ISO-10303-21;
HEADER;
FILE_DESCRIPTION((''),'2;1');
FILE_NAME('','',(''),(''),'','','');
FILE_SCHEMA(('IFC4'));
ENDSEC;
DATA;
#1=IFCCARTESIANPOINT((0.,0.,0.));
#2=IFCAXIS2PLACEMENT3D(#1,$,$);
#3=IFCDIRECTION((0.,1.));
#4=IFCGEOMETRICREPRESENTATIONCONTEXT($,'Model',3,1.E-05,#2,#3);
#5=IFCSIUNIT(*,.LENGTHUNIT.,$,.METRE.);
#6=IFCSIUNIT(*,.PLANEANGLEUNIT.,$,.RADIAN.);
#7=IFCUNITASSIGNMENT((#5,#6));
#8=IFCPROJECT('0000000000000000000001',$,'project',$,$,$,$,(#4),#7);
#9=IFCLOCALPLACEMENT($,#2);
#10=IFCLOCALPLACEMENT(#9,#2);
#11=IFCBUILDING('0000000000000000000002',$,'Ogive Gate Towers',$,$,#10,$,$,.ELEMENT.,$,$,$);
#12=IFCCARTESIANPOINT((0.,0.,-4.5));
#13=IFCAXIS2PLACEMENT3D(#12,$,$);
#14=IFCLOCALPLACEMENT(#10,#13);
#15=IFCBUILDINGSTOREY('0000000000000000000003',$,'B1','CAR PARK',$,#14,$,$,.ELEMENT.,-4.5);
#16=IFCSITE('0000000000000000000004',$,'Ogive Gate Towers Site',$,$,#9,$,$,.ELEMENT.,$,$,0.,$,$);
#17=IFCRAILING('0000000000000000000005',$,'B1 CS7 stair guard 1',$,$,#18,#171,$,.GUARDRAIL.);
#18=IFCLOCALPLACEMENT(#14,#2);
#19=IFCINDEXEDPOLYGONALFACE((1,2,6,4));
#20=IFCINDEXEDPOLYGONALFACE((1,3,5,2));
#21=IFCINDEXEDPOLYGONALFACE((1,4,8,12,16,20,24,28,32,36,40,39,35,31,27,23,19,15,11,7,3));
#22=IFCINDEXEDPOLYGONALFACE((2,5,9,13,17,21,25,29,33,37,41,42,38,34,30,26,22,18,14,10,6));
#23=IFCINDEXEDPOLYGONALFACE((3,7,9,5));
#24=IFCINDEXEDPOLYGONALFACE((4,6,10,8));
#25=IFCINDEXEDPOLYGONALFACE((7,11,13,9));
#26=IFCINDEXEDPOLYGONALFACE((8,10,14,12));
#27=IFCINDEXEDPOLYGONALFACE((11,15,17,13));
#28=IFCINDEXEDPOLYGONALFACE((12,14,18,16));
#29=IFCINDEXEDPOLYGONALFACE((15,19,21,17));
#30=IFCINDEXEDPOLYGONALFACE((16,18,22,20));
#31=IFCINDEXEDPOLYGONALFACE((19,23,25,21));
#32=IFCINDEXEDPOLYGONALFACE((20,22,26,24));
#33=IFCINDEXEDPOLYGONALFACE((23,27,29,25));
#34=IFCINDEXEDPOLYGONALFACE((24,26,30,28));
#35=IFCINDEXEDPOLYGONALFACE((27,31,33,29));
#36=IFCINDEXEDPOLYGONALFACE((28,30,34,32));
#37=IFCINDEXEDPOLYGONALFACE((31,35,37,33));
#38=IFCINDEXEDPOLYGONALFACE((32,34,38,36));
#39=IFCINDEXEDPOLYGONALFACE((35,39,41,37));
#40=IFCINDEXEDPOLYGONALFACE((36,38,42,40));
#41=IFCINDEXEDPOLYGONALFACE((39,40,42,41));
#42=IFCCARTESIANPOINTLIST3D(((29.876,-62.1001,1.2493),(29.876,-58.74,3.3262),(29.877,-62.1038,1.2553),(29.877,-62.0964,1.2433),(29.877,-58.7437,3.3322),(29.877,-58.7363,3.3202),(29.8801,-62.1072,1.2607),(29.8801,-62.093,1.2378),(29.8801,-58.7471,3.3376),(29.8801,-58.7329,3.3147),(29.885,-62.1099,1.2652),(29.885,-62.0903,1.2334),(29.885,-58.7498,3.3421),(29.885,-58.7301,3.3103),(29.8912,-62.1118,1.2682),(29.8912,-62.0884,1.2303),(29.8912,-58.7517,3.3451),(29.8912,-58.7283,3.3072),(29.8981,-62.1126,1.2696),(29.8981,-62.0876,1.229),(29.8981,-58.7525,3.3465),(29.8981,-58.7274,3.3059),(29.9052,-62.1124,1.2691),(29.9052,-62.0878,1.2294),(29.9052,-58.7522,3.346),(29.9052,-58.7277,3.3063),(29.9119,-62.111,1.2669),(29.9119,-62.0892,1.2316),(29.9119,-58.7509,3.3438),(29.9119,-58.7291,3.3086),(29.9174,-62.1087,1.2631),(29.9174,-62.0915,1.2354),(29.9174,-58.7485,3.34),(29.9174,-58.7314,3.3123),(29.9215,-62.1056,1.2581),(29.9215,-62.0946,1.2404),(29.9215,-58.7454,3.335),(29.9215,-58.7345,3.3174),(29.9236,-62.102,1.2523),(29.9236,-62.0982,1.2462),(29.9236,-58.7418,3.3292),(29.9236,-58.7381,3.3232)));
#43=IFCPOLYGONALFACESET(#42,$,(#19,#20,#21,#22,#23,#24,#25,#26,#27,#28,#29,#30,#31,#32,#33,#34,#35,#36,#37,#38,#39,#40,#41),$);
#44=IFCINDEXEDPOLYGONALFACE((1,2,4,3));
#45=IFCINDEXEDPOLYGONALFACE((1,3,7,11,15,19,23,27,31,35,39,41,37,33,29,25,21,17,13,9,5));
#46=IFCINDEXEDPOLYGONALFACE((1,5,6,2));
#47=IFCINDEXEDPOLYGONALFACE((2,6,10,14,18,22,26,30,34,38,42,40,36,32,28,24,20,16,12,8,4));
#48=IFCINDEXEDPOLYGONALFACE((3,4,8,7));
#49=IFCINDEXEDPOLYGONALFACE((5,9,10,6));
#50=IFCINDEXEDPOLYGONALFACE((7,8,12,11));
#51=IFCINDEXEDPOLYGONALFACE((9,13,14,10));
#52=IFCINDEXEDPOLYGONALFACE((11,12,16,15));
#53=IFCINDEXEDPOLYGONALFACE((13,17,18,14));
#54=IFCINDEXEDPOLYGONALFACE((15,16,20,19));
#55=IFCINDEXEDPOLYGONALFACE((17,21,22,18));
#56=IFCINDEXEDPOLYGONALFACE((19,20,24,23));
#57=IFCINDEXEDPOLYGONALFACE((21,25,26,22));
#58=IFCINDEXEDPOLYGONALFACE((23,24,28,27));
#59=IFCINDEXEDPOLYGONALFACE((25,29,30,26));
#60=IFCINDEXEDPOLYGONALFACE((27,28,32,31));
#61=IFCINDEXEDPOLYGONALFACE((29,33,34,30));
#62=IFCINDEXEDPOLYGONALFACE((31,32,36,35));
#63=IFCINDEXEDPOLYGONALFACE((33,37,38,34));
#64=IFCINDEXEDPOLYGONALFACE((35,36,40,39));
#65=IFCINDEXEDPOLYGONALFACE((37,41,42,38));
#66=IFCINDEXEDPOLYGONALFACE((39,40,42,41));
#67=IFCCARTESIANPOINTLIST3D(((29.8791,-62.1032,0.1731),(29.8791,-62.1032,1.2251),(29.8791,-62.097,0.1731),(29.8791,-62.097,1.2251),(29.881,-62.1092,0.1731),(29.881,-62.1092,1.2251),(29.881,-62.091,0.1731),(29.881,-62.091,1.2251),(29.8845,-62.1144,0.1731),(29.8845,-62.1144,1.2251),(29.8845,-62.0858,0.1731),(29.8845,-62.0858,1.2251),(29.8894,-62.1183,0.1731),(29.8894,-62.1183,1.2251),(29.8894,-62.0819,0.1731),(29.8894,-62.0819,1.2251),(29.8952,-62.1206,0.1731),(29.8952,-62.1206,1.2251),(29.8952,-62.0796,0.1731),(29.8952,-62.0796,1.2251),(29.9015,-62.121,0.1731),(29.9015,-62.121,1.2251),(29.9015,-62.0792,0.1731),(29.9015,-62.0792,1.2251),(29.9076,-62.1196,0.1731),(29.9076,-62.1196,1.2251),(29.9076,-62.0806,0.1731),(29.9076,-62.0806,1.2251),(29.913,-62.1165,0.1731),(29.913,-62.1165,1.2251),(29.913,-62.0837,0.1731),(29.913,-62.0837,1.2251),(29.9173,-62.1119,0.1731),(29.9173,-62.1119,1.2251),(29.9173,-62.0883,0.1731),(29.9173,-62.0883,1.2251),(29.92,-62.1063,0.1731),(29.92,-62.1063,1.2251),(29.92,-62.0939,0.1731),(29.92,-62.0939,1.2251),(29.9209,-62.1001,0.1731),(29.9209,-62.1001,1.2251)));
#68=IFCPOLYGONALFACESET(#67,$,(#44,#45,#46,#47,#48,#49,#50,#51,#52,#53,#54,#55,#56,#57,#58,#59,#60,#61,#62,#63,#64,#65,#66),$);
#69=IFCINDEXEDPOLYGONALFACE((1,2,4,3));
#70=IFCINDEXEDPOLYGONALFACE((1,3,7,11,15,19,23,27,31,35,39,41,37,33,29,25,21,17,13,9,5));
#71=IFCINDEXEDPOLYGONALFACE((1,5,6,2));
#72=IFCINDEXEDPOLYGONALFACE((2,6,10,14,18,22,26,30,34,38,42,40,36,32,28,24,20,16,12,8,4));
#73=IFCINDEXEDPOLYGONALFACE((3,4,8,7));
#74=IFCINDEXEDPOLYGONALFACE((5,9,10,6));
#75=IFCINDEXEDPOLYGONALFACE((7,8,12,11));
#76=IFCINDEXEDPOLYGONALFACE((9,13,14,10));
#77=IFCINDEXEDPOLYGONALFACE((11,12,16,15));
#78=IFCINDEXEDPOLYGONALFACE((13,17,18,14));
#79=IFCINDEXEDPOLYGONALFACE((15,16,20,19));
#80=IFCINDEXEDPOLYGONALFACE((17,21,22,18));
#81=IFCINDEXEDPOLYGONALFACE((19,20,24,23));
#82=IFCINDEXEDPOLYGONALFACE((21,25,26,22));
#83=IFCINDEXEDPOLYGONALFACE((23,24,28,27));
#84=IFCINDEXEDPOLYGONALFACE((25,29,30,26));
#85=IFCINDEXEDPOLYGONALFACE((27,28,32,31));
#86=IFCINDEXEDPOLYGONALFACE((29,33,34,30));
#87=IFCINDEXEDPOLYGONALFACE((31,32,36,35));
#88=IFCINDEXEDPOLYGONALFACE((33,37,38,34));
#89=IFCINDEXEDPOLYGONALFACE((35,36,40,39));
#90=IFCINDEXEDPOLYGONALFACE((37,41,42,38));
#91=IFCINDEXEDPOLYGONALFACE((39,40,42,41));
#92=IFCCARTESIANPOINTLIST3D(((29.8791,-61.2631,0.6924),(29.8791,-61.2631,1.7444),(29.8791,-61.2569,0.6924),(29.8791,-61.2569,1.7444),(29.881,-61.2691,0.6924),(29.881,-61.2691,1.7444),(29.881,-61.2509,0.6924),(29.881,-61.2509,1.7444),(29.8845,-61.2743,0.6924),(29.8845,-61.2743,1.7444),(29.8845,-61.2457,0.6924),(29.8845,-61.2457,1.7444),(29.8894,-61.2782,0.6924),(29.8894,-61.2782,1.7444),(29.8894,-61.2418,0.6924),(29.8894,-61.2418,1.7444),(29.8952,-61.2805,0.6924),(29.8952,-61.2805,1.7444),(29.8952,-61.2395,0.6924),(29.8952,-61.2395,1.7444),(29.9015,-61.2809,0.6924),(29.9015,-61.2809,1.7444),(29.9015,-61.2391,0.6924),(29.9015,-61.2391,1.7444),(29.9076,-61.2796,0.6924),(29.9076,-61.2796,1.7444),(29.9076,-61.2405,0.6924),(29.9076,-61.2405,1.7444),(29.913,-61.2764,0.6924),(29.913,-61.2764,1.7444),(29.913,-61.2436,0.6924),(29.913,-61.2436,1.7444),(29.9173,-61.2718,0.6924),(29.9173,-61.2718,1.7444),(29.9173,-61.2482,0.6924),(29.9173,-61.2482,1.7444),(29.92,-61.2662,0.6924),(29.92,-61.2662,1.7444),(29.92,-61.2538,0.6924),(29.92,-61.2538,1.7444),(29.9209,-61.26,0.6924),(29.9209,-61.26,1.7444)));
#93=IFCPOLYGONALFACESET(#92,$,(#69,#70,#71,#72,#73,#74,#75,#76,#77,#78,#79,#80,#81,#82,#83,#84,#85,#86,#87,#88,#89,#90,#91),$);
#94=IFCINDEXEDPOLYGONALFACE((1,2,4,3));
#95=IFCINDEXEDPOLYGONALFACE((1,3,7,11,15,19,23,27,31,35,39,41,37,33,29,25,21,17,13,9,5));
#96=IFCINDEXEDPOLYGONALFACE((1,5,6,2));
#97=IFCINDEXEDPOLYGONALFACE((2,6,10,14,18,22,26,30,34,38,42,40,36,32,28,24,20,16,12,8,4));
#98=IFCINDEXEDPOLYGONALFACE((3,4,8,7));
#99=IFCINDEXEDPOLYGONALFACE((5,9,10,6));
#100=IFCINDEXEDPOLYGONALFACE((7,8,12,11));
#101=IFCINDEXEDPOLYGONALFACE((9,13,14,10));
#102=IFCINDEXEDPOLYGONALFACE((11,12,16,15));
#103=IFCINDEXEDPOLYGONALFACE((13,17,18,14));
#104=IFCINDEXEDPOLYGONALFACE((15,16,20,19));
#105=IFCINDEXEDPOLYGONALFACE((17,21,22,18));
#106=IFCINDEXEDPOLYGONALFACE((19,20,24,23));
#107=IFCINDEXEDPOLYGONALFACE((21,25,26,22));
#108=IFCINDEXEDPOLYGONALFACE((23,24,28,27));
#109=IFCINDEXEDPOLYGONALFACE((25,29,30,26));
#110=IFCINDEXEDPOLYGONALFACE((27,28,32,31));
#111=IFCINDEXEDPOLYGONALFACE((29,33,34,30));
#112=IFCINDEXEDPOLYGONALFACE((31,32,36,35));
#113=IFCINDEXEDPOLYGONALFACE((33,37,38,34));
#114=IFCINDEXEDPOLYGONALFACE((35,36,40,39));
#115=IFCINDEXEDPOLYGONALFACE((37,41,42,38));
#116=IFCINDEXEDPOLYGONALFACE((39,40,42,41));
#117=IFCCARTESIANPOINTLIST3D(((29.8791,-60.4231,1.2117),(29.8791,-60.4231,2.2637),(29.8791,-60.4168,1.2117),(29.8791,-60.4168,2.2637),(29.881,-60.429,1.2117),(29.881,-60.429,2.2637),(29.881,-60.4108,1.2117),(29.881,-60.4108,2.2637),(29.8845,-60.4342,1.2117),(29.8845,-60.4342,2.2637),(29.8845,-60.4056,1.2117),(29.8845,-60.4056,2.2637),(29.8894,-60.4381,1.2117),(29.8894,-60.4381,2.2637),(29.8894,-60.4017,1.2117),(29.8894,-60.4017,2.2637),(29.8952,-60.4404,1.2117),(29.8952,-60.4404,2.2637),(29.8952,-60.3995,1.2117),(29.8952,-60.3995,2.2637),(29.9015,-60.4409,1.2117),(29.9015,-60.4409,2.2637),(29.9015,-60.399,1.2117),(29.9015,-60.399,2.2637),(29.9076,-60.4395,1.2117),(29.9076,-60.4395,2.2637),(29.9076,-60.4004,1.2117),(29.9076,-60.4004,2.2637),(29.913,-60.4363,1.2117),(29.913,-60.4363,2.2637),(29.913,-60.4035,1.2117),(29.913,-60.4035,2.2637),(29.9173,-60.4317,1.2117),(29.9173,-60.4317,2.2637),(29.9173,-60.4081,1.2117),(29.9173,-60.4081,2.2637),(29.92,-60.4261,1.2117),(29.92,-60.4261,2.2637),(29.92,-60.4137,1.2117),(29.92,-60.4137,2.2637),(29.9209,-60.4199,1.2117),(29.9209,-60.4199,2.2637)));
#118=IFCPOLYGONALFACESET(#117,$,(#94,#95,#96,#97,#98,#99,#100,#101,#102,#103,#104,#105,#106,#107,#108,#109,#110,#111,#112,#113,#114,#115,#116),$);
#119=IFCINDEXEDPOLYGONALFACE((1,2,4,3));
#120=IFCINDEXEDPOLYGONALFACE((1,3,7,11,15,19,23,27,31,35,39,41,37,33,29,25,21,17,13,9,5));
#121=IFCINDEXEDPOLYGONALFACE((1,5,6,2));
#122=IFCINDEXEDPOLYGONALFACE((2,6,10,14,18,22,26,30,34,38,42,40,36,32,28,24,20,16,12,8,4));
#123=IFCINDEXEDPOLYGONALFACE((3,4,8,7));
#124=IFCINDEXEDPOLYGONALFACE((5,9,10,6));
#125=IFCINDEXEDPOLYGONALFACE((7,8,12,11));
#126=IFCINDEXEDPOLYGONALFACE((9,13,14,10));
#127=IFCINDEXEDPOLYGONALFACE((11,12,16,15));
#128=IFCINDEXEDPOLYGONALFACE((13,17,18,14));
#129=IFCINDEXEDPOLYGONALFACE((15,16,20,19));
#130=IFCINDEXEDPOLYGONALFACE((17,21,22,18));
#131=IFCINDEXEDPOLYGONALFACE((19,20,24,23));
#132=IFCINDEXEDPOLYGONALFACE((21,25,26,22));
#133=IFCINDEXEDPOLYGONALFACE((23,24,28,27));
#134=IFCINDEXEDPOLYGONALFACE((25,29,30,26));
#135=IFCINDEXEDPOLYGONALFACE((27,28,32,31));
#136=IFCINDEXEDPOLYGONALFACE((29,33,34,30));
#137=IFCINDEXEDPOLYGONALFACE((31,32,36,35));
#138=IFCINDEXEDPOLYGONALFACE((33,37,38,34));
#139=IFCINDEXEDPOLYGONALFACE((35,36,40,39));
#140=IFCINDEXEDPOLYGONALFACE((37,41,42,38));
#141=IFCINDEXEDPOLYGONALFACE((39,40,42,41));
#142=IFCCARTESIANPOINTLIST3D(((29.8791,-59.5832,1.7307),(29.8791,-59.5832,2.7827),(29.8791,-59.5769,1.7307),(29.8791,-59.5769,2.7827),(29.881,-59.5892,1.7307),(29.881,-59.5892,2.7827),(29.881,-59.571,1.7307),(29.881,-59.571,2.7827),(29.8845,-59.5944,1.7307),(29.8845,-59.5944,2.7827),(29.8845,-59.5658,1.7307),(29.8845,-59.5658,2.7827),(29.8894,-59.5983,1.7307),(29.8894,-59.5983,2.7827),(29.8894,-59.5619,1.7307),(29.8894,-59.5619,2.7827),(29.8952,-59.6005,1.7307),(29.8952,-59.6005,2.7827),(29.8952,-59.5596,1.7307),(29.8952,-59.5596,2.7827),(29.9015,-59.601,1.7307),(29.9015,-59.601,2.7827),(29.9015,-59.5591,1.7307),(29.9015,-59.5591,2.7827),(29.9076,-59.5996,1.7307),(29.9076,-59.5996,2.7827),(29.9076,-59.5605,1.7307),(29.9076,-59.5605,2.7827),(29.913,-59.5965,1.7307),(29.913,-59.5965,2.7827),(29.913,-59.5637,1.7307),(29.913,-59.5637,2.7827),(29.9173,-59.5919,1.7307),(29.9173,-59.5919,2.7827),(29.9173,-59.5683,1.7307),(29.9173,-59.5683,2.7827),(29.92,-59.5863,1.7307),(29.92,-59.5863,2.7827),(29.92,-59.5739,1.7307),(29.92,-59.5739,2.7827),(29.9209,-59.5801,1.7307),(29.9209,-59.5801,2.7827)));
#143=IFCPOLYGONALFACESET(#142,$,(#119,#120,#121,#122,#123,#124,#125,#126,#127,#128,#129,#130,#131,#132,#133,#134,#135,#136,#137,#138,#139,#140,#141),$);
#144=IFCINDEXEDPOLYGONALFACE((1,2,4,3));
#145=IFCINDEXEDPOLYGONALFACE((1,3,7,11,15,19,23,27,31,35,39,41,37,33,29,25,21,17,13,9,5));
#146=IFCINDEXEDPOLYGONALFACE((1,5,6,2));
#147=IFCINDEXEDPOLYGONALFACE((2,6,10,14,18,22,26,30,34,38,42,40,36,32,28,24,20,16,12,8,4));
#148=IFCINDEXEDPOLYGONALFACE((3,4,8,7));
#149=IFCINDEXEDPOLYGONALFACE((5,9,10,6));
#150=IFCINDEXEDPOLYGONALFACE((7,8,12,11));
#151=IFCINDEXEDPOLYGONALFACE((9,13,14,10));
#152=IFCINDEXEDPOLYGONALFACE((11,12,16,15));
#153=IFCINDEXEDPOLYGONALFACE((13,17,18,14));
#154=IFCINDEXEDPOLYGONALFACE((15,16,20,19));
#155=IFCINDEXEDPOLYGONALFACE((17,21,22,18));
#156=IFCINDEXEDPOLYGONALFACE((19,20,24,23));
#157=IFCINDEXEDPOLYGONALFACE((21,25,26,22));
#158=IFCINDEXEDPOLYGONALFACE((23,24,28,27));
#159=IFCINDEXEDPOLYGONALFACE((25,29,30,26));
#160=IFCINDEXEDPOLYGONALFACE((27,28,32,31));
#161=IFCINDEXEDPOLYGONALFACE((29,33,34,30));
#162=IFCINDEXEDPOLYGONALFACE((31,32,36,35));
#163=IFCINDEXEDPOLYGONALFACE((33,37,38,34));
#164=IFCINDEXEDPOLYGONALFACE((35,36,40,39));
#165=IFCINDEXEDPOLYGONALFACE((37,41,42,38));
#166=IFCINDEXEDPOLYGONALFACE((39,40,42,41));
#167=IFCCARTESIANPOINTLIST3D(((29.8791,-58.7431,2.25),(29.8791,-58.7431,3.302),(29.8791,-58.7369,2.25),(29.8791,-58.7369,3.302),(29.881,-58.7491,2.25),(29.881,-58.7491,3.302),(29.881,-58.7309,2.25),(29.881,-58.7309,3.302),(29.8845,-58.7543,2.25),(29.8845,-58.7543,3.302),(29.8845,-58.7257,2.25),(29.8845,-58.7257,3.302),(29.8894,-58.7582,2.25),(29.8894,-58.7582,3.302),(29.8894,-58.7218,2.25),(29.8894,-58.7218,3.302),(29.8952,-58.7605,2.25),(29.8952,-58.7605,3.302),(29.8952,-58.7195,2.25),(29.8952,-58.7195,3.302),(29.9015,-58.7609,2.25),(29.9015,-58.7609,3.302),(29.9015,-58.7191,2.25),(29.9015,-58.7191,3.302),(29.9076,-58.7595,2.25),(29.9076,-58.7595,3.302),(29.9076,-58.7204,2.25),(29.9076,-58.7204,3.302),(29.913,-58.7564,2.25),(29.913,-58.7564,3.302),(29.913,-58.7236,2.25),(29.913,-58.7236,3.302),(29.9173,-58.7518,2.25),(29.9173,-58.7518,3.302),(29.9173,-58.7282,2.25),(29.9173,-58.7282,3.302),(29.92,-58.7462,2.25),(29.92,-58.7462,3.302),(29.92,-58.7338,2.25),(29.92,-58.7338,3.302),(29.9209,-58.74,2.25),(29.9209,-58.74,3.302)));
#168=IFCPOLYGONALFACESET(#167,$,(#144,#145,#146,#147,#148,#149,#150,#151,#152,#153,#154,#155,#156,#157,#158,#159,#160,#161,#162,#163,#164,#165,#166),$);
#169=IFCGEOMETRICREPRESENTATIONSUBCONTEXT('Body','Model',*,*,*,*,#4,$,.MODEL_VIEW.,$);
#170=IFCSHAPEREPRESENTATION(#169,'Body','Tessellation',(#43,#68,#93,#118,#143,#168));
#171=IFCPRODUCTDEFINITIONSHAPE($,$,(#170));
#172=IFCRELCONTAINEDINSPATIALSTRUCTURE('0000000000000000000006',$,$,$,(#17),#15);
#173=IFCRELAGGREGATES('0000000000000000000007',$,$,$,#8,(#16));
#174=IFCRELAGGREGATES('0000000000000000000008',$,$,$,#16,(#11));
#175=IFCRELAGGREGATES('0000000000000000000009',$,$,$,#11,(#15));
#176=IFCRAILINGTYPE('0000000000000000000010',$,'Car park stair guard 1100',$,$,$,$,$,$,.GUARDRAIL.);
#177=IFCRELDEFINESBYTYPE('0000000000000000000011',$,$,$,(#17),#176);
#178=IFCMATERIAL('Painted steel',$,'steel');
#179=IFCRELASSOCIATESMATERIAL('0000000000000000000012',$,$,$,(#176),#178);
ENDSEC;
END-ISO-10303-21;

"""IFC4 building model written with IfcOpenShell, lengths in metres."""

from ifc_helpers import new_model, si_unit, direction, frame, origin, origin_2d, place, context, subcontext, project, spatial, circle, extrude, material, type_object, element, save


model = new_model("IFC4")

# Units and contexts
model_context = context("Model", 3, precision=1e-05, world=origin(), true_north=direction((0.0, 1.0)))
body_context = subcontext(model_context, "Body", "Model", "MODEL_VIEW")
ifc_project = project(units=[si_unit("LENGTHUNIT", "METRE"), si_unit("PLANEANGLEUNIT", "RADIAN")], contexts=[model_context])

# Site, building, storey
site_placement = place(None, origin())
site = spatial("IfcSite", under=ifc_project, at=site_placement, Name="Ogive Gate Towers Site", CompositionType="ELEMENT", RefElevation=0.0)
building_placement = place(site_placement, origin())
building = spatial("IfcBuilding", under=site, at=building_placement, Name="Ogive Gate Towers", CompositionType="ELEMENT")
storey_placement = place(building_placement, frame((0.0, 0.0, -4.5)))
storey = spatial("IfcBuildingStorey", under=building, at=storey_placement, Name="B1", Description="CAR PARK", CompositionType="ELEMENT", Elevation=-4.5)

# Railing
ifc_material_1 = material(Name="Painted steel", Category="steel")
railing_type_1 = type_object("IfcRailingType", Name="Car park stair guard 1100", PredefinedType="GUARDRAIL", material=ifc_material_1)
railing_1_placement = place(storey_placement, frame((29.8999, -62.1001, 0.1731)))
element("IfcRailing", 1, at=railing_1_placement, inside=storey, type_object=railing_type_1, Name="B1 CS7 stair guard 1", PredefinedType="GUARDRAIL", context=body_context, shape_type="SweptSolid", body=[
    extrude(circle(Radius=0.0239, at=origin_2d()), frame((0.0, 0.0, 1.0762), z_axis=(0.0, 0.850623, 0.525776), x_axis=(-1.0, 0.0, 0.0)), (0.0, 0.0, 1.0), 3.9502),
    extrude(circle(Radius=0.021, at=origin_2d()), origin(), (0.0, 0.0, 1.0), 1.052),
    extrude(circle(Radius=0.021, at=origin_2d()), frame((0.0, 0.8401, 0.5193)), (0.0, 0.0, 1.0), 1.052),
    extrude(circle(Radius=0.021, at=origin_2d()), frame((0.0, 1.6802, 1.0386)), (0.0, 0.0, 1.0), 1.052),
    extrude(circle(Radius=0.021, at=origin_2d()), frame((0.0, 2.52, 1.5576)), (0.0, 0.0, 1.0), 1.052),
    extrude(circle(Radius=0.021, at=origin_2d()), frame((0.0, 3.3601, 2.0769)), (0.0, 0.0, 1.0), 1.052),
])

save(model, "model.ifc")
